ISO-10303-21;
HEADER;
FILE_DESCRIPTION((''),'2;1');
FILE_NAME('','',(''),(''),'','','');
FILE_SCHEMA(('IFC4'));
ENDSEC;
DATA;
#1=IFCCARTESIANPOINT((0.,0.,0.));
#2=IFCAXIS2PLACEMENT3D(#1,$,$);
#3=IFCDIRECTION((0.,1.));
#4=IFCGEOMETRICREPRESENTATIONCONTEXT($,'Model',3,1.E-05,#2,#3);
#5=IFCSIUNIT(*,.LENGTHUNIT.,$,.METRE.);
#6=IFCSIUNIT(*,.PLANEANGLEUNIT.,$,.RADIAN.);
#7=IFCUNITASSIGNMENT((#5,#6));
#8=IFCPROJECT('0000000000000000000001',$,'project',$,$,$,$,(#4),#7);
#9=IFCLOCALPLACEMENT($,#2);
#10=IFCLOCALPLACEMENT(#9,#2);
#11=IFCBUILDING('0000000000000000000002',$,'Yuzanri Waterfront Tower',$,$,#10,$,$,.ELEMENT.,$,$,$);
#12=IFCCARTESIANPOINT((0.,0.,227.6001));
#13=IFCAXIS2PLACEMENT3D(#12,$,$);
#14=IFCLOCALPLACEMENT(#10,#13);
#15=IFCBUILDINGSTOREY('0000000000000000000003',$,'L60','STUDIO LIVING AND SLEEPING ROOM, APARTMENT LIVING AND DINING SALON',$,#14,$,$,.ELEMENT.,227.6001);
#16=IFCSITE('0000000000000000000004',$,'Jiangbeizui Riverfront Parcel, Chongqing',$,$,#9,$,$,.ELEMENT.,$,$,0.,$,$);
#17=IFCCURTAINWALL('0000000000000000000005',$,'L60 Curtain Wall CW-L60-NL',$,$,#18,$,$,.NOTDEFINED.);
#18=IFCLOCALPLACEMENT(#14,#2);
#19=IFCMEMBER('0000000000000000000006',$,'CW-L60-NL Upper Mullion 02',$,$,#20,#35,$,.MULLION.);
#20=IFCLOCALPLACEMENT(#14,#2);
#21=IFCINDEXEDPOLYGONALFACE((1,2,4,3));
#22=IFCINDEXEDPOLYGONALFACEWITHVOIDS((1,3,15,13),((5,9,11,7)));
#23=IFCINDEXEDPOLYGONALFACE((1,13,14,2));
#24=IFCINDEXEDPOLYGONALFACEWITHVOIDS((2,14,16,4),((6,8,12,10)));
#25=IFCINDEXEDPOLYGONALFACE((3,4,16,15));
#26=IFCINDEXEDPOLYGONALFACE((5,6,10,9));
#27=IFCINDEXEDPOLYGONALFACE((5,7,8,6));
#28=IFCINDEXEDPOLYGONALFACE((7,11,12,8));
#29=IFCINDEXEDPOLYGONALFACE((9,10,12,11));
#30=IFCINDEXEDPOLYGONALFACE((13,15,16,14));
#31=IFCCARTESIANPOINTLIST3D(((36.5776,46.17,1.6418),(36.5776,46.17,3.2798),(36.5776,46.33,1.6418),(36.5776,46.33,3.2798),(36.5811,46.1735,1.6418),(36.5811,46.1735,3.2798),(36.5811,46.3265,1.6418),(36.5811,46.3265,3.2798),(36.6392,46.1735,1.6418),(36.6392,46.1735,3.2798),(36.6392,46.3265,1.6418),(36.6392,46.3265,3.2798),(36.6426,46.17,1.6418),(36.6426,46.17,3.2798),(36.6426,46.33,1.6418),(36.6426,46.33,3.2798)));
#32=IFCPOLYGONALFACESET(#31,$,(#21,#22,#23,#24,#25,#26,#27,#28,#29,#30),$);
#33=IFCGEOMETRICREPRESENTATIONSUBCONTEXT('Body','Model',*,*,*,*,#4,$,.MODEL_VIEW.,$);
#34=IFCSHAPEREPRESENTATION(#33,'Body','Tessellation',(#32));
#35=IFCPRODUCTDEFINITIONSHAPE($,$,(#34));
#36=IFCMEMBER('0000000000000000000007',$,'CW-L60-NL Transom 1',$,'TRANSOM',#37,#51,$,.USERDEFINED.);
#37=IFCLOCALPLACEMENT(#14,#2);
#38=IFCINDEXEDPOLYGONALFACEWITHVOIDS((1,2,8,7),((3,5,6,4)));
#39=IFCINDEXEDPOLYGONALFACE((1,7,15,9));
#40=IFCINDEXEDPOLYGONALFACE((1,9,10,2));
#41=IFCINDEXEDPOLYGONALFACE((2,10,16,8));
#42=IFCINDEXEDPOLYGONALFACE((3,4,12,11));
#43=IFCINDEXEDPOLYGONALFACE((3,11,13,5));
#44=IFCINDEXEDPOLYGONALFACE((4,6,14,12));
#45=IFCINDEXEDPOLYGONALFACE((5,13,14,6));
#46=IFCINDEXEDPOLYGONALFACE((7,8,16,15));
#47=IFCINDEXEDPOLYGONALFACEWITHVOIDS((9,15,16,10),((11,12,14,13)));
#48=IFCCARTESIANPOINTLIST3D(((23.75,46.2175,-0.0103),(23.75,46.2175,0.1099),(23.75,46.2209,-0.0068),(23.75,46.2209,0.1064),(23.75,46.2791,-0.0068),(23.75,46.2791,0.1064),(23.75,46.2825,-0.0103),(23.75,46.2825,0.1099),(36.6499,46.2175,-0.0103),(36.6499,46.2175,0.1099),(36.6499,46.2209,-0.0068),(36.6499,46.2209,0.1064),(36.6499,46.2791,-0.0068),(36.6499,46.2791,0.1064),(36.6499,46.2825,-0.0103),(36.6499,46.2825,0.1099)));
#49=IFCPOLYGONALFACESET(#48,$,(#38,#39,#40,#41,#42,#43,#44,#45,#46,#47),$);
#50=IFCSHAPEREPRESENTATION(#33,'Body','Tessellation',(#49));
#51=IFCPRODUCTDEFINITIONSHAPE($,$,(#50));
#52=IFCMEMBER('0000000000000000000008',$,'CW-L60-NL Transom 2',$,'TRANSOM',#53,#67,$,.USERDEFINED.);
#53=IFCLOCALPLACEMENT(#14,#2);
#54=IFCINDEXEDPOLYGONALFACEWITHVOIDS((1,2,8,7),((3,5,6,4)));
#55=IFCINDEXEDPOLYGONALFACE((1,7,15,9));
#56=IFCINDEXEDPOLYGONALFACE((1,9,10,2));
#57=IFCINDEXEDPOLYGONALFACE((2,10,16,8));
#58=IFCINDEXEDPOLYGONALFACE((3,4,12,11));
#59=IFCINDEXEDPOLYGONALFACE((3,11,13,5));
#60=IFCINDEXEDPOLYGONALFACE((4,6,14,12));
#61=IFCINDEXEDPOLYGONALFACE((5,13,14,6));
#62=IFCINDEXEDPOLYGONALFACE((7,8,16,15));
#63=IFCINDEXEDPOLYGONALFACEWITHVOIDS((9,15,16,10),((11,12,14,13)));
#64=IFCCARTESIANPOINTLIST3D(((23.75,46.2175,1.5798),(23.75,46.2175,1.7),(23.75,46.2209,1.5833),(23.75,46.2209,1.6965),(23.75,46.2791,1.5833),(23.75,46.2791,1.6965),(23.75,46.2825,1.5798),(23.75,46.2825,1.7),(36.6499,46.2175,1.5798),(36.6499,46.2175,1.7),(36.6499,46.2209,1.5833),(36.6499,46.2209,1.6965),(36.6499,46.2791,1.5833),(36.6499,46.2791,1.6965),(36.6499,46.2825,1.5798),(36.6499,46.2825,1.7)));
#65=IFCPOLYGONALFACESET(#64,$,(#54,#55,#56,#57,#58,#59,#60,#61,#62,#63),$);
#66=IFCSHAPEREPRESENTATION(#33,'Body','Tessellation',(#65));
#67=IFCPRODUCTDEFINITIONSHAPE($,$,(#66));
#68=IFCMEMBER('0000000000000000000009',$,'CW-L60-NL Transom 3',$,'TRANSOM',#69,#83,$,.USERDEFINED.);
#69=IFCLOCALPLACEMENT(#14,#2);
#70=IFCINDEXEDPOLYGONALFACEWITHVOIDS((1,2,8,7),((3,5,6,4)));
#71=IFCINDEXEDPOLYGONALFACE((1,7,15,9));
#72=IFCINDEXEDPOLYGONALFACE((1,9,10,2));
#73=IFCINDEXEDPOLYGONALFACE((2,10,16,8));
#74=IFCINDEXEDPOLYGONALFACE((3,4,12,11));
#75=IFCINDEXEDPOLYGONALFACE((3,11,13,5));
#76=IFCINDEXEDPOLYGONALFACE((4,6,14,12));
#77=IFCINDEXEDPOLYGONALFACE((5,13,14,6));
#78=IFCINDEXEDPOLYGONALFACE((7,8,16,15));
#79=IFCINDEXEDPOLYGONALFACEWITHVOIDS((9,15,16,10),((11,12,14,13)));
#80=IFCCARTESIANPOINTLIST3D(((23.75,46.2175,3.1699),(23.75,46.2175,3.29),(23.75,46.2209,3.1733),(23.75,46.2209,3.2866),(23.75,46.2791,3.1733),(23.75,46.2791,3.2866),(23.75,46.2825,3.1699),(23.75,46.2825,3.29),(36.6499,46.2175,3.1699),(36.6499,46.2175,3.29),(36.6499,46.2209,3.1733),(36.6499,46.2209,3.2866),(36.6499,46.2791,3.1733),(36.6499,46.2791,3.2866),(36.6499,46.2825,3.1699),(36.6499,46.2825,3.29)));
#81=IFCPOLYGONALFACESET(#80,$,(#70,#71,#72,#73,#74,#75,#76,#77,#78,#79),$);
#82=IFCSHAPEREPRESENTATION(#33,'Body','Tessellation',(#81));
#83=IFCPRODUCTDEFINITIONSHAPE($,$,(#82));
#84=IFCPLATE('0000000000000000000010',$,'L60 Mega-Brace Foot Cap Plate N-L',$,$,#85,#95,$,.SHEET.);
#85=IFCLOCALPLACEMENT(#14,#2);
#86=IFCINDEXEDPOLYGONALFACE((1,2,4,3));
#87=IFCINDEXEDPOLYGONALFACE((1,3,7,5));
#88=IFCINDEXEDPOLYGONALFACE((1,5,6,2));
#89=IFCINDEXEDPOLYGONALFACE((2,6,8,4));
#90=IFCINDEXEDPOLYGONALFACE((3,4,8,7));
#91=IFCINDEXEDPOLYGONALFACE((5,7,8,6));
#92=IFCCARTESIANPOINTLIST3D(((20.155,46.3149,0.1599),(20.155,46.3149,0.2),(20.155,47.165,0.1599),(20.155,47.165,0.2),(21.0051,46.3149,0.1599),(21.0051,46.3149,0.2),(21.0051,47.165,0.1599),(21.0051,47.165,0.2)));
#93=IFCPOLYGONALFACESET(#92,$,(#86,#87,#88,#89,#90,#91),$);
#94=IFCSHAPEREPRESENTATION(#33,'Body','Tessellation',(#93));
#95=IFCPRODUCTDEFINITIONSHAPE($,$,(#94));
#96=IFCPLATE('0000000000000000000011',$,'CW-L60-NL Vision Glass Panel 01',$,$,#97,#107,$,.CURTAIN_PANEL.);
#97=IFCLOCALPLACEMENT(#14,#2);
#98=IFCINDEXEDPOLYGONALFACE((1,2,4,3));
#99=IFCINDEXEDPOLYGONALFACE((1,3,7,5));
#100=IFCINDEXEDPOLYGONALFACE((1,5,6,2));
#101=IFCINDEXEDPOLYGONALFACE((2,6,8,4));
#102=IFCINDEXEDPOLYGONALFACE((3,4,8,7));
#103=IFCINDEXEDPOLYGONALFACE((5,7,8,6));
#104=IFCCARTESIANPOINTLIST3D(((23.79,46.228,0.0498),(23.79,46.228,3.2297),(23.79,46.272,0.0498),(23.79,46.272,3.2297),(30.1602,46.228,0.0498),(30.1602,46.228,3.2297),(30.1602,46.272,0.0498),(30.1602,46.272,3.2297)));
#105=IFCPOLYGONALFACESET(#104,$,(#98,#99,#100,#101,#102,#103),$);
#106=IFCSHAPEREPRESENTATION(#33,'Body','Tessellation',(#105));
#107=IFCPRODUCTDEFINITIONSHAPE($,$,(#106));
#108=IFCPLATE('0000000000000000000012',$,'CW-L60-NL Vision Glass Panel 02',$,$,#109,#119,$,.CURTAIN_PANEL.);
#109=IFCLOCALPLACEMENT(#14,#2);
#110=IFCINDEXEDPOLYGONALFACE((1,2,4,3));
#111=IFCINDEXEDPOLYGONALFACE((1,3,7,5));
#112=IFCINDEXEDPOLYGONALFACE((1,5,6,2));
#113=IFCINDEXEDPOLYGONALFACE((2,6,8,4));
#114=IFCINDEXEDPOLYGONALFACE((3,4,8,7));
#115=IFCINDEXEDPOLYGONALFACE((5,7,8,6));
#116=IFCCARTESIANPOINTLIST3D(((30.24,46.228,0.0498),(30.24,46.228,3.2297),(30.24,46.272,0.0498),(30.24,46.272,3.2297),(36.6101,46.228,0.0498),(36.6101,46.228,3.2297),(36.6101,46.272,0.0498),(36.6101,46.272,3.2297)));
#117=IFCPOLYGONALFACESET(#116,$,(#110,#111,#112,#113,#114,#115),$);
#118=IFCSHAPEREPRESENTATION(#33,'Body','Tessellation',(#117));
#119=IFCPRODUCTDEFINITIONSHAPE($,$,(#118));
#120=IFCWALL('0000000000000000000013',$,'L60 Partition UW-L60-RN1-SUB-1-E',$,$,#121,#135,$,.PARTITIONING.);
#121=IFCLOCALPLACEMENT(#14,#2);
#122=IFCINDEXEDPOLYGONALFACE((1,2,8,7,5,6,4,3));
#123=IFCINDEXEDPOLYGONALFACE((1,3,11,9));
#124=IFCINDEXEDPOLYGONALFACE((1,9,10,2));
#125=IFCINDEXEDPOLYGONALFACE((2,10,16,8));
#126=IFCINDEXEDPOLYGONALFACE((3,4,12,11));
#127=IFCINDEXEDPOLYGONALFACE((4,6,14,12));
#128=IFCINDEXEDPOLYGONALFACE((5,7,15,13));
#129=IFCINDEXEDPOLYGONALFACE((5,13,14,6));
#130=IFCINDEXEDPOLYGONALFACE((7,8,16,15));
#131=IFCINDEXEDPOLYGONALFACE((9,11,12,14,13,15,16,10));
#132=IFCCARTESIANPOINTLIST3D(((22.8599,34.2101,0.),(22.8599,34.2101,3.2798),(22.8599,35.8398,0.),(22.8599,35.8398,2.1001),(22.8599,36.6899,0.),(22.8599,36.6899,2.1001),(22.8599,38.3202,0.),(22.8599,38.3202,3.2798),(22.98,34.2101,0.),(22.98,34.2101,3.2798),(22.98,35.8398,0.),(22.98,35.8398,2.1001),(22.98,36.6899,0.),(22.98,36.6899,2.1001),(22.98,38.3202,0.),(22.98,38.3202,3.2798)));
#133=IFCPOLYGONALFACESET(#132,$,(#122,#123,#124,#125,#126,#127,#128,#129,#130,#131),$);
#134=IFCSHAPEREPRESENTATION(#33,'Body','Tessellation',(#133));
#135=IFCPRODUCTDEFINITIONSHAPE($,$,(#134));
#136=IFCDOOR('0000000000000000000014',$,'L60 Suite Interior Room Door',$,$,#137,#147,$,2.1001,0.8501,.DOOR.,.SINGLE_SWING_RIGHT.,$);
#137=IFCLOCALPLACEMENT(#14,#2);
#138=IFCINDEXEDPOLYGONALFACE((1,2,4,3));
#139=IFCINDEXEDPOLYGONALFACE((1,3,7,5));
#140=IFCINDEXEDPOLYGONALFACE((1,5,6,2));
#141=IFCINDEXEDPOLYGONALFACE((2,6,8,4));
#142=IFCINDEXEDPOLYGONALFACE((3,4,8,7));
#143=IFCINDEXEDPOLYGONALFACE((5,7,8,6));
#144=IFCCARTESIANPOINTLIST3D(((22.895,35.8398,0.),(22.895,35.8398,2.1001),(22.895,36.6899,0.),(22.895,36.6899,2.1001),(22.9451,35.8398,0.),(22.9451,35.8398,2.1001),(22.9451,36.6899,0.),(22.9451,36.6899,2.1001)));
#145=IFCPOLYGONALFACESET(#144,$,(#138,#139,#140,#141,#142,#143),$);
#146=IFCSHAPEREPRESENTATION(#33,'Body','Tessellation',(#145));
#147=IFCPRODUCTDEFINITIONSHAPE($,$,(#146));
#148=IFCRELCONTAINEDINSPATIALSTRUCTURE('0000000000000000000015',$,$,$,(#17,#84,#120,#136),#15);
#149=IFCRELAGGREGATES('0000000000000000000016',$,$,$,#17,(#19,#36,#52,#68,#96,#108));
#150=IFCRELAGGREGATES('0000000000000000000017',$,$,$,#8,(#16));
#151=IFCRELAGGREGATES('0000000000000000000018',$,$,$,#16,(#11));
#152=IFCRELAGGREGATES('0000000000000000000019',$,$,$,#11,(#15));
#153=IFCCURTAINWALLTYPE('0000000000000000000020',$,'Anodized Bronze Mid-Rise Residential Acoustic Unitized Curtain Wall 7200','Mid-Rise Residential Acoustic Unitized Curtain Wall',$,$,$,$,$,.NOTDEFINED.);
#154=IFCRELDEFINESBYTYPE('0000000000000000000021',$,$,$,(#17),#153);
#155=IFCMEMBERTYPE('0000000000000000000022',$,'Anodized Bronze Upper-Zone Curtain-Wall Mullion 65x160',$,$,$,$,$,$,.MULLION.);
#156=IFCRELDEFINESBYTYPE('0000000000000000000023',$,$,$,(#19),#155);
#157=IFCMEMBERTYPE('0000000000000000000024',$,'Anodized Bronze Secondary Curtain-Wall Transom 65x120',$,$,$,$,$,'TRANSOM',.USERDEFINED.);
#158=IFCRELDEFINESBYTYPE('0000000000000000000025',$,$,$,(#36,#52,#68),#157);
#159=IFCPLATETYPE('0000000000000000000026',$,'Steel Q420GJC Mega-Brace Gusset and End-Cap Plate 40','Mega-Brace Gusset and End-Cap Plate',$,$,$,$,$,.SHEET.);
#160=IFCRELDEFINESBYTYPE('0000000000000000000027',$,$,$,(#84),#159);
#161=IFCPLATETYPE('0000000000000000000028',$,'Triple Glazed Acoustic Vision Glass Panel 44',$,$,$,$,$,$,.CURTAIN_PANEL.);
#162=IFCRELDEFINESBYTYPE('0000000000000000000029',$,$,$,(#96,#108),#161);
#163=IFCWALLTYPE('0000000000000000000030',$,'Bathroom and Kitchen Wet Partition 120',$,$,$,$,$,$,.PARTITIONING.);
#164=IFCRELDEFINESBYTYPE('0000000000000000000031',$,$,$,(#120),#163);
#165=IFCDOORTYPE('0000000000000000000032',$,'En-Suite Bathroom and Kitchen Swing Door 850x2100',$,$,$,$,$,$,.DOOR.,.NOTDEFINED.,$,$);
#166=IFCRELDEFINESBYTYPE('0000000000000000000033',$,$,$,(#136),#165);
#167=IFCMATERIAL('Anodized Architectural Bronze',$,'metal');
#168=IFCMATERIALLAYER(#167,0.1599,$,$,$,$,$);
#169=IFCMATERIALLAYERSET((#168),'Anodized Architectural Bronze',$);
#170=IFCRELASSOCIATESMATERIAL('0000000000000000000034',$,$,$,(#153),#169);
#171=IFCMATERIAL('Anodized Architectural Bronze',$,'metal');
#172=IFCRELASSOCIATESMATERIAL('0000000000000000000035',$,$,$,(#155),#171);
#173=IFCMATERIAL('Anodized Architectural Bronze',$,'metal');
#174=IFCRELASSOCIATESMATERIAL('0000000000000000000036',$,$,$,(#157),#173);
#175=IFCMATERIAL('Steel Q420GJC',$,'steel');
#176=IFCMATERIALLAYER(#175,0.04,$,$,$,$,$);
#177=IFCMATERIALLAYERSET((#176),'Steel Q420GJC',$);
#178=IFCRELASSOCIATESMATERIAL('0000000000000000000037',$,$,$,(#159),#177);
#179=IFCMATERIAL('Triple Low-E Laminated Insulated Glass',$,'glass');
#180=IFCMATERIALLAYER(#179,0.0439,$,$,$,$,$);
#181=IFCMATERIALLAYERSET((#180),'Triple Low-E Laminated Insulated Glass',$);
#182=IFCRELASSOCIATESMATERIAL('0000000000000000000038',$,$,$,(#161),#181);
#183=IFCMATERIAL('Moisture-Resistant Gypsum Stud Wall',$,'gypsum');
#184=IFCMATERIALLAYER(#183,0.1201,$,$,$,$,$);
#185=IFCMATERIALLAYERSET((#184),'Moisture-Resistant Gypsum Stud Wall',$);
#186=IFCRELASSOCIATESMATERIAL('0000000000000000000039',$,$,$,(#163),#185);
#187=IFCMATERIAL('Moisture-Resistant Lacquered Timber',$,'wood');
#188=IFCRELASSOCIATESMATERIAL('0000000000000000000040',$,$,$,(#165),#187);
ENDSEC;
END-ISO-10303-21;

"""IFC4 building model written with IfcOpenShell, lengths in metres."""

from ifc_helpers import new_model, si_unit, direction, frame, frame_2d, origin, origin_2d, place, context, subcontext, project, spatial, rectangle, hollow_rectangle, extrude, source, transform, mapped, material, layer, layer_set, material_profile, profile_set, type_object, element, fill, aggregate, save


model = new_model("IFC4")

# Units and contexts
model_context = context("Model", 3, precision=1e-05, world=origin(), true_north=direction((0.0, 1.0)))
body_context = subcontext(model_context, "Body", "Model", "MODEL_VIEW")
ifc_project = project(units=[si_unit("LENGTHUNIT", "METRE"), si_unit("PLANEANGLEUNIT", "RADIAN")], contexts=[model_context])

# Site, building, storey
site_placement = place(None, origin())
site = spatial("IfcSite", under=ifc_project, at=site_placement, Name="Jiangbeizui Riverfront Parcel, Chongqing", CompositionType="ELEMENT", RefElevation=0.0)
building_placement = place(site_placement, origin())
building = spatial("IfcBuilding", under=site, at=building_placement, Name="Yuzanri Waterfront Tower", CompositionType="ELEMENT")
storey_placement = place(building_placement, frame((0.0, 0.0, 227.6001)))
storey = spatial("IfcBuildingStorey", under=building, at=storey_placement, Name="L60", Description="STUDIO LIVING AND SLEEPING ROOM, APARTMENT LIVING AND DINING SALON", CompositionType="ELEMENT", Elevation=227.6001)

# Curtain wall, members
ifc_material_1 = material(Name="Anodized Architectural Bronze", Category="metal")
ifc_layer_1 = layer(ifc_material_1, 0.1599)
ifc_layer_set_1 = layer_set([ifc_layer_1], Name="Anodized Architectural Bronze")
curtain_wall_type = type_object("IfcCurtainWallType", Name="Anodized Bronze Mid-Rise Residential Acoustic Unitized Curtain Wall 7200", Description="Mid-Rise Residential Acoustic Unitized Curtain Wall", PredefinedType="NOTDEFINED", material=ifc_layer_set_1)
curtain_wall_placement = place(storey_placement, origin())
curtain_wall = element("IfcCurtainWall", 1, at=curtain_wall_placement, inside=storey, type_object=curtain_wall_type, Name="L60 Curtain Wall CW-L60-NL", PredefinedType="NOTDEFINED")
ifc_material_2 = material(Name="Anodized Architectural Bronze", Category="metal")
ifc_material_profile_1 = material_profile(ifc_material_2, hollow_rectangle(XDim=0.0649, YDim=0.1599, WallThickness=0.0034, at=origin_2d()), Name="CWM 65x160")
ifc_profile_set_1 = profile_set([ifc_material_profile_1], Name="Anodized Architectural Bronze")
member_type_1 = type_object("IfcMemberType", Name="Anodized Bronze Upper-Zone Curtain-Wall Mullion 65x160", PredefinedType="MULLION", material=ifc_profile_set_1)
shared_shape_1 = source(origin(), body_context, "Body", "SweptSolid", [
    extrude(hollow_rectangle(XDim=0.0649, YDim=0.1599, WallThickness=0.0034, at=origin_2d()), origin(), (0.0, 0.0, 1.0), 1.6379),
])
member_1_placement = place(storey_placement, frame((36.6101, 46.25, 1.6418), z_axis=(0.0, 0.0, 1.0), x_axis=(1.0, 0.0, 0.0)))
member_1 = element("IfcMember", 2, at=member_1_placement, type_object=member_type_1, Name="CW-L60-NL Upper Mullion 02", PredefinedType="MULLION", context=body_context, shape_type="MappedRepresentation", body=[
    mapped(shared_shape_1, transform((0.0, 0.0, 0.0), scale=1.0)),
])
ifc_material_3 = material(Name="Anodized Architectural Bronze", Category="metal")
ifc_material_profile_2 = material_profile(ifc_material_3, hollow_rectangle(XDim=0.0649, YDim=0.1201, WallThickness=0.0034, at=origin_2d()), Name="CWT 65x120")
ifc_profile_set_2 = profile_set([ifc_material_profile_2], Name="Anodized Architectural Bronze")
member_type_2 = type_object("IfcMemberType", Name="Anodized Bronze Secondary Curtain-Wall Transom 65x120", ElementType="TRANSOM", PredefinedType="USERDEFINED", material=ifc_profile_set_2)
shared_shape_2 = source(origin(), body_context, "Body", "SweptSolid", [
    extrude(hollow_rectangle(XDim=0.0649, YDim=0.1201, WallThickness=0.0034, at=origin_2d()), origin(), (0.0, 0.0, 1.0), 12.8999),
])
member_2_placement = place(storey_placement, frame((23.75, 46.25, 0.0498), z_axis=(1.0, 0.0, 0.0), x_axis=(0.0, 1.0, 0.0)))
member_2 = element("IfcMember", 3, at=member_2_placement, type_object=member_type_2, Name="CW-L60-NL Transom 1", ObjectType="TRANSOM", PredefinedType="USERDEFINED", context=body_context, shape_type="MappedRepresentation", body=[
    mapped(shared_shape_2, transform((0.0, 0.0, 0.0), scale=1.0)),
])
member_3_placement = place(storey_placement, frame((23.75, 46.25, 1.6399), z_axis=(1.0, 0.0, 0.0), x_axis=(0.0, 1.0, 0.0)))
member_3 = element("IfcMember", 4, at=member_3_placement, type_object=member_type_2, Name="CW-L60-NL Transom 2", ObjectType="TRANSOM", PredefinedType="USERDEFINED", context=body_context, shape_type="MappedRepresentation", body=[
    mapped(shared_shape_2, transform((0.0, 0.0, 0.0), scale=1.0)),
])
member_4_placement = place(storey_placement, frame((23.75, 46.25, 3.23), z_axis=(1.0, 0.0, 0.0), x_axis=(0.0, 1.0, 0.0)))
member_4 = element("IfcMember", 5, at=member_4_placement, type_object=member_type_2, Name="CW-L60-NL Transom 3", ObjectType="TRANSOM", PredefinedType="USERDEFINED", context=body_context, shape_type="MappedRepresentation", body=[
    mapped(shared_shape_2, transform((0.0, 0.0, 0.0), scale=1.0)),
])

# Plates
ifc_material_4 = material(Name="Steel Q420GJC", Category="steel")
ifc_layer_2 = layer(ifc_material_4, 0.04)
ifc_layer_set_2 = layer_set([ifc_layer_2], Name="Steel Q420GJC")
plate_type_1 = type_object("IfcPlateType", Name="Steel Q420GJC Mega-Brace Gusset and End-Cap Plate 40", Description="Mega-Brace Gusset and End-Cap Plate", PredefinedType="SHEET", material=ifc_layer_set_2)
shared_shape_3 = source(origin(), body_context, "Body", "SweptSolid", [
    extrude(rectangle(XDim=0.8501, YDim=0.8501, at=origin_2d()), origin(), (0.0, 0.0, 1.0), 0.04),
])
plate_1_placement = place(storey_placement, frame((20.5801, 46.74, 0.1599), z_axis=(0.0, 0.0, 1.0), x_axis=(1.0, 0.0, 0.0)))
element("IfcPlate", 6, at=plate_1_placement, inside=storey, type_object=plate_type_1, Name="L60 Mega-Brace Foot Cap Plate N-L", PredefinedType="SHEET", context=body_context, shape_type="MappedRepresentation", body=[
    mapped(shared_shape_3, transform((0.0, 0.0, 0.0), scale=1.0)),
])
ifc_material_5 = material(Name="Triple Low-E Laminated Insulated Glass", Category="glass")
ifc_layer_3 = layer(ifc_material_5, 0.0439)
ifc_layer_set_3 = layer_set([ifc_layer_3], Name="Triple Low-E Laminated Insulated Glass")
plate_type_2 = type_object("IfcPlateType", Name="Triple Glazed Acoustic Vision Glass Panel 44", PredefinedType="CURTAIN_PANEL", material=ifc_layer_set_3)
shared_shape_4 = source(origin(), body_context, "Body", "SweptSolid", [
    extrude(rectangle(XDim=6.3701, YDim=0.0439, at=origin_2d()), origin(), (0.0, 0.0, 1.0), 3.1799),
])
plate_2_placement = place(storey_placement, frame((26.9751, 46.25, 0.0498), z_axis=(0.0, 0.0, 1.0), x_axis=(1.0, 0.0, 0.0)))
plate_2 = element("IfcPlate", 7, at=plate_2_placement, type_object=plate_type_2, Name="CW-L60-NL Vision Glass Panel 01", PredefinedType="CURTAIN_PANEL", context=body_context, shape_type="MappedRepresentation", body=[
    mapped(shared_shape_4, transform((0.0, 0.0, 0.0), scale=1.0)),
])
plate_3_placement = place(storey_placement, frame((33.425, 46.25, 0.0498), z_axis=(0.0, 0.0, 1.0), x_axis=(1.0, 0.0, 0.0)))
plate_3 = element("IfcPlate", 8, at=plate_3_placement, type_object=plate_type_2, Name="CW-L60-NL Vision Glass Panel 02", PredefinedType="CURTAIN_PANEL", context=body_context, shape_type="MappedRepresentation", body=[
    mapped(shared_shape_4, transform((0.0, 0.0, 0.0), scale=1.0)),
])
aggregate(curtain_wall, [member_1, member_2, member_3, member_4, plate_2, plate_3])

# Wall, opening, door
ifc_material_6 = material(Name="Moisture-Resistant Gypsum Stud Wall", Category="gypsum")
ifc_layer_4 = layer(ifc_material_6, 0.1201)
ifc_layer_set_4 = layer_set([ifc_layer_4], Name="Moisture-Resistant Gypsum Stud Wall")
wall_type_1 = type_object("IfcWallType", Name="Bathroom and Kitchen Wet Partition 120", PredefinedType="PARTITIONING", material=ifc_layer_set_4)
wall_1_placement = place(storey_placement, frame((22.9199, 34.21, 0.0), z_axis=(0.0, 0.0, 1.0), x_axis=(0.0, 1.0, 0.0)))
wall_1 = element("IfcWall", 9, at=wall_1_placement, inside=storey, type_object=wall_type_1, Name="L60 Partition UW-L60-RN1-SUB-1-E", PredefinedType="PARTITIONING", context=body_context, shape_type="SweptSolid", body=[
    extrude(rectangle(XDim=4.1101, YDim=0.1201, at=frame_2d((2.0552, 0.0))), origin(), (0.0, 0.0, 1.0), 3.2798),
])
opening_1_placement = place(wall_1_placement, frame((1.6299, 0.0, 0.0)))
opening_1 = element("IfcOpeningElement", 10, at=opening_1_placement, cuts=wall_1, PredefinedType="OPENING", context=body_context, shape_type="SweptSolid", body=[
    extrude(rectangle(XDim=0.8501, YDim=2.1001, at=frame_2d((0.425, 1.05))), frame((0.0, 0.075, 0.0), z_axis=(0.0, -1.0, 0.0), x_axis=(1.0, 0.0, 0.0)), (0.0, 0.0, 1.0), 0.1499),
])
ifc_material_7 = material(Name="Moisture-Resistant Lacquered Timber", Category="wood")
door_type = type_object("IfcDoorType", Name="En-Suite Bathroom and Kitchen Swing Door 850x2100", OperationType="NOTDEFINED", PredefinedType="DOOR", material=ifc_material_7)
shared_shape_5 = source(origin(), body_context, "Body", "SweptSolid", [
    extrude(rectangle(XDim=0.8501, YDim=2.1001, at=frame_2d((0.425, 1.05))), frame((0.0, 0.0249, 0.0), z_axis=(0.0, -1.0, 0.0), x_axis=(1.0, 0.0, 0.0)), (0.0, 0.0, 1.0), 0.05),
])
door_1_placement = place(opening_1_placement, origin())
door_1 = element("IfcDoor", 11, at=door_1_placement, inside=storey, type_object=door_type, Name="L60 Suite Interior Room Door", OperationType="SINGLE_SWING_RIGHT", OverallHeight=2.1001, OverallWidth=0.8501, PredefinedType="DOOR", context=body_context, shape_type="MappedRepresentation", body=[
    mapped(shared_shape_5, transform((0.0, 0.0, 0.0), scale=1.0)),
])
fill(opening_1, door_1)

save(model, "model.ifc")
